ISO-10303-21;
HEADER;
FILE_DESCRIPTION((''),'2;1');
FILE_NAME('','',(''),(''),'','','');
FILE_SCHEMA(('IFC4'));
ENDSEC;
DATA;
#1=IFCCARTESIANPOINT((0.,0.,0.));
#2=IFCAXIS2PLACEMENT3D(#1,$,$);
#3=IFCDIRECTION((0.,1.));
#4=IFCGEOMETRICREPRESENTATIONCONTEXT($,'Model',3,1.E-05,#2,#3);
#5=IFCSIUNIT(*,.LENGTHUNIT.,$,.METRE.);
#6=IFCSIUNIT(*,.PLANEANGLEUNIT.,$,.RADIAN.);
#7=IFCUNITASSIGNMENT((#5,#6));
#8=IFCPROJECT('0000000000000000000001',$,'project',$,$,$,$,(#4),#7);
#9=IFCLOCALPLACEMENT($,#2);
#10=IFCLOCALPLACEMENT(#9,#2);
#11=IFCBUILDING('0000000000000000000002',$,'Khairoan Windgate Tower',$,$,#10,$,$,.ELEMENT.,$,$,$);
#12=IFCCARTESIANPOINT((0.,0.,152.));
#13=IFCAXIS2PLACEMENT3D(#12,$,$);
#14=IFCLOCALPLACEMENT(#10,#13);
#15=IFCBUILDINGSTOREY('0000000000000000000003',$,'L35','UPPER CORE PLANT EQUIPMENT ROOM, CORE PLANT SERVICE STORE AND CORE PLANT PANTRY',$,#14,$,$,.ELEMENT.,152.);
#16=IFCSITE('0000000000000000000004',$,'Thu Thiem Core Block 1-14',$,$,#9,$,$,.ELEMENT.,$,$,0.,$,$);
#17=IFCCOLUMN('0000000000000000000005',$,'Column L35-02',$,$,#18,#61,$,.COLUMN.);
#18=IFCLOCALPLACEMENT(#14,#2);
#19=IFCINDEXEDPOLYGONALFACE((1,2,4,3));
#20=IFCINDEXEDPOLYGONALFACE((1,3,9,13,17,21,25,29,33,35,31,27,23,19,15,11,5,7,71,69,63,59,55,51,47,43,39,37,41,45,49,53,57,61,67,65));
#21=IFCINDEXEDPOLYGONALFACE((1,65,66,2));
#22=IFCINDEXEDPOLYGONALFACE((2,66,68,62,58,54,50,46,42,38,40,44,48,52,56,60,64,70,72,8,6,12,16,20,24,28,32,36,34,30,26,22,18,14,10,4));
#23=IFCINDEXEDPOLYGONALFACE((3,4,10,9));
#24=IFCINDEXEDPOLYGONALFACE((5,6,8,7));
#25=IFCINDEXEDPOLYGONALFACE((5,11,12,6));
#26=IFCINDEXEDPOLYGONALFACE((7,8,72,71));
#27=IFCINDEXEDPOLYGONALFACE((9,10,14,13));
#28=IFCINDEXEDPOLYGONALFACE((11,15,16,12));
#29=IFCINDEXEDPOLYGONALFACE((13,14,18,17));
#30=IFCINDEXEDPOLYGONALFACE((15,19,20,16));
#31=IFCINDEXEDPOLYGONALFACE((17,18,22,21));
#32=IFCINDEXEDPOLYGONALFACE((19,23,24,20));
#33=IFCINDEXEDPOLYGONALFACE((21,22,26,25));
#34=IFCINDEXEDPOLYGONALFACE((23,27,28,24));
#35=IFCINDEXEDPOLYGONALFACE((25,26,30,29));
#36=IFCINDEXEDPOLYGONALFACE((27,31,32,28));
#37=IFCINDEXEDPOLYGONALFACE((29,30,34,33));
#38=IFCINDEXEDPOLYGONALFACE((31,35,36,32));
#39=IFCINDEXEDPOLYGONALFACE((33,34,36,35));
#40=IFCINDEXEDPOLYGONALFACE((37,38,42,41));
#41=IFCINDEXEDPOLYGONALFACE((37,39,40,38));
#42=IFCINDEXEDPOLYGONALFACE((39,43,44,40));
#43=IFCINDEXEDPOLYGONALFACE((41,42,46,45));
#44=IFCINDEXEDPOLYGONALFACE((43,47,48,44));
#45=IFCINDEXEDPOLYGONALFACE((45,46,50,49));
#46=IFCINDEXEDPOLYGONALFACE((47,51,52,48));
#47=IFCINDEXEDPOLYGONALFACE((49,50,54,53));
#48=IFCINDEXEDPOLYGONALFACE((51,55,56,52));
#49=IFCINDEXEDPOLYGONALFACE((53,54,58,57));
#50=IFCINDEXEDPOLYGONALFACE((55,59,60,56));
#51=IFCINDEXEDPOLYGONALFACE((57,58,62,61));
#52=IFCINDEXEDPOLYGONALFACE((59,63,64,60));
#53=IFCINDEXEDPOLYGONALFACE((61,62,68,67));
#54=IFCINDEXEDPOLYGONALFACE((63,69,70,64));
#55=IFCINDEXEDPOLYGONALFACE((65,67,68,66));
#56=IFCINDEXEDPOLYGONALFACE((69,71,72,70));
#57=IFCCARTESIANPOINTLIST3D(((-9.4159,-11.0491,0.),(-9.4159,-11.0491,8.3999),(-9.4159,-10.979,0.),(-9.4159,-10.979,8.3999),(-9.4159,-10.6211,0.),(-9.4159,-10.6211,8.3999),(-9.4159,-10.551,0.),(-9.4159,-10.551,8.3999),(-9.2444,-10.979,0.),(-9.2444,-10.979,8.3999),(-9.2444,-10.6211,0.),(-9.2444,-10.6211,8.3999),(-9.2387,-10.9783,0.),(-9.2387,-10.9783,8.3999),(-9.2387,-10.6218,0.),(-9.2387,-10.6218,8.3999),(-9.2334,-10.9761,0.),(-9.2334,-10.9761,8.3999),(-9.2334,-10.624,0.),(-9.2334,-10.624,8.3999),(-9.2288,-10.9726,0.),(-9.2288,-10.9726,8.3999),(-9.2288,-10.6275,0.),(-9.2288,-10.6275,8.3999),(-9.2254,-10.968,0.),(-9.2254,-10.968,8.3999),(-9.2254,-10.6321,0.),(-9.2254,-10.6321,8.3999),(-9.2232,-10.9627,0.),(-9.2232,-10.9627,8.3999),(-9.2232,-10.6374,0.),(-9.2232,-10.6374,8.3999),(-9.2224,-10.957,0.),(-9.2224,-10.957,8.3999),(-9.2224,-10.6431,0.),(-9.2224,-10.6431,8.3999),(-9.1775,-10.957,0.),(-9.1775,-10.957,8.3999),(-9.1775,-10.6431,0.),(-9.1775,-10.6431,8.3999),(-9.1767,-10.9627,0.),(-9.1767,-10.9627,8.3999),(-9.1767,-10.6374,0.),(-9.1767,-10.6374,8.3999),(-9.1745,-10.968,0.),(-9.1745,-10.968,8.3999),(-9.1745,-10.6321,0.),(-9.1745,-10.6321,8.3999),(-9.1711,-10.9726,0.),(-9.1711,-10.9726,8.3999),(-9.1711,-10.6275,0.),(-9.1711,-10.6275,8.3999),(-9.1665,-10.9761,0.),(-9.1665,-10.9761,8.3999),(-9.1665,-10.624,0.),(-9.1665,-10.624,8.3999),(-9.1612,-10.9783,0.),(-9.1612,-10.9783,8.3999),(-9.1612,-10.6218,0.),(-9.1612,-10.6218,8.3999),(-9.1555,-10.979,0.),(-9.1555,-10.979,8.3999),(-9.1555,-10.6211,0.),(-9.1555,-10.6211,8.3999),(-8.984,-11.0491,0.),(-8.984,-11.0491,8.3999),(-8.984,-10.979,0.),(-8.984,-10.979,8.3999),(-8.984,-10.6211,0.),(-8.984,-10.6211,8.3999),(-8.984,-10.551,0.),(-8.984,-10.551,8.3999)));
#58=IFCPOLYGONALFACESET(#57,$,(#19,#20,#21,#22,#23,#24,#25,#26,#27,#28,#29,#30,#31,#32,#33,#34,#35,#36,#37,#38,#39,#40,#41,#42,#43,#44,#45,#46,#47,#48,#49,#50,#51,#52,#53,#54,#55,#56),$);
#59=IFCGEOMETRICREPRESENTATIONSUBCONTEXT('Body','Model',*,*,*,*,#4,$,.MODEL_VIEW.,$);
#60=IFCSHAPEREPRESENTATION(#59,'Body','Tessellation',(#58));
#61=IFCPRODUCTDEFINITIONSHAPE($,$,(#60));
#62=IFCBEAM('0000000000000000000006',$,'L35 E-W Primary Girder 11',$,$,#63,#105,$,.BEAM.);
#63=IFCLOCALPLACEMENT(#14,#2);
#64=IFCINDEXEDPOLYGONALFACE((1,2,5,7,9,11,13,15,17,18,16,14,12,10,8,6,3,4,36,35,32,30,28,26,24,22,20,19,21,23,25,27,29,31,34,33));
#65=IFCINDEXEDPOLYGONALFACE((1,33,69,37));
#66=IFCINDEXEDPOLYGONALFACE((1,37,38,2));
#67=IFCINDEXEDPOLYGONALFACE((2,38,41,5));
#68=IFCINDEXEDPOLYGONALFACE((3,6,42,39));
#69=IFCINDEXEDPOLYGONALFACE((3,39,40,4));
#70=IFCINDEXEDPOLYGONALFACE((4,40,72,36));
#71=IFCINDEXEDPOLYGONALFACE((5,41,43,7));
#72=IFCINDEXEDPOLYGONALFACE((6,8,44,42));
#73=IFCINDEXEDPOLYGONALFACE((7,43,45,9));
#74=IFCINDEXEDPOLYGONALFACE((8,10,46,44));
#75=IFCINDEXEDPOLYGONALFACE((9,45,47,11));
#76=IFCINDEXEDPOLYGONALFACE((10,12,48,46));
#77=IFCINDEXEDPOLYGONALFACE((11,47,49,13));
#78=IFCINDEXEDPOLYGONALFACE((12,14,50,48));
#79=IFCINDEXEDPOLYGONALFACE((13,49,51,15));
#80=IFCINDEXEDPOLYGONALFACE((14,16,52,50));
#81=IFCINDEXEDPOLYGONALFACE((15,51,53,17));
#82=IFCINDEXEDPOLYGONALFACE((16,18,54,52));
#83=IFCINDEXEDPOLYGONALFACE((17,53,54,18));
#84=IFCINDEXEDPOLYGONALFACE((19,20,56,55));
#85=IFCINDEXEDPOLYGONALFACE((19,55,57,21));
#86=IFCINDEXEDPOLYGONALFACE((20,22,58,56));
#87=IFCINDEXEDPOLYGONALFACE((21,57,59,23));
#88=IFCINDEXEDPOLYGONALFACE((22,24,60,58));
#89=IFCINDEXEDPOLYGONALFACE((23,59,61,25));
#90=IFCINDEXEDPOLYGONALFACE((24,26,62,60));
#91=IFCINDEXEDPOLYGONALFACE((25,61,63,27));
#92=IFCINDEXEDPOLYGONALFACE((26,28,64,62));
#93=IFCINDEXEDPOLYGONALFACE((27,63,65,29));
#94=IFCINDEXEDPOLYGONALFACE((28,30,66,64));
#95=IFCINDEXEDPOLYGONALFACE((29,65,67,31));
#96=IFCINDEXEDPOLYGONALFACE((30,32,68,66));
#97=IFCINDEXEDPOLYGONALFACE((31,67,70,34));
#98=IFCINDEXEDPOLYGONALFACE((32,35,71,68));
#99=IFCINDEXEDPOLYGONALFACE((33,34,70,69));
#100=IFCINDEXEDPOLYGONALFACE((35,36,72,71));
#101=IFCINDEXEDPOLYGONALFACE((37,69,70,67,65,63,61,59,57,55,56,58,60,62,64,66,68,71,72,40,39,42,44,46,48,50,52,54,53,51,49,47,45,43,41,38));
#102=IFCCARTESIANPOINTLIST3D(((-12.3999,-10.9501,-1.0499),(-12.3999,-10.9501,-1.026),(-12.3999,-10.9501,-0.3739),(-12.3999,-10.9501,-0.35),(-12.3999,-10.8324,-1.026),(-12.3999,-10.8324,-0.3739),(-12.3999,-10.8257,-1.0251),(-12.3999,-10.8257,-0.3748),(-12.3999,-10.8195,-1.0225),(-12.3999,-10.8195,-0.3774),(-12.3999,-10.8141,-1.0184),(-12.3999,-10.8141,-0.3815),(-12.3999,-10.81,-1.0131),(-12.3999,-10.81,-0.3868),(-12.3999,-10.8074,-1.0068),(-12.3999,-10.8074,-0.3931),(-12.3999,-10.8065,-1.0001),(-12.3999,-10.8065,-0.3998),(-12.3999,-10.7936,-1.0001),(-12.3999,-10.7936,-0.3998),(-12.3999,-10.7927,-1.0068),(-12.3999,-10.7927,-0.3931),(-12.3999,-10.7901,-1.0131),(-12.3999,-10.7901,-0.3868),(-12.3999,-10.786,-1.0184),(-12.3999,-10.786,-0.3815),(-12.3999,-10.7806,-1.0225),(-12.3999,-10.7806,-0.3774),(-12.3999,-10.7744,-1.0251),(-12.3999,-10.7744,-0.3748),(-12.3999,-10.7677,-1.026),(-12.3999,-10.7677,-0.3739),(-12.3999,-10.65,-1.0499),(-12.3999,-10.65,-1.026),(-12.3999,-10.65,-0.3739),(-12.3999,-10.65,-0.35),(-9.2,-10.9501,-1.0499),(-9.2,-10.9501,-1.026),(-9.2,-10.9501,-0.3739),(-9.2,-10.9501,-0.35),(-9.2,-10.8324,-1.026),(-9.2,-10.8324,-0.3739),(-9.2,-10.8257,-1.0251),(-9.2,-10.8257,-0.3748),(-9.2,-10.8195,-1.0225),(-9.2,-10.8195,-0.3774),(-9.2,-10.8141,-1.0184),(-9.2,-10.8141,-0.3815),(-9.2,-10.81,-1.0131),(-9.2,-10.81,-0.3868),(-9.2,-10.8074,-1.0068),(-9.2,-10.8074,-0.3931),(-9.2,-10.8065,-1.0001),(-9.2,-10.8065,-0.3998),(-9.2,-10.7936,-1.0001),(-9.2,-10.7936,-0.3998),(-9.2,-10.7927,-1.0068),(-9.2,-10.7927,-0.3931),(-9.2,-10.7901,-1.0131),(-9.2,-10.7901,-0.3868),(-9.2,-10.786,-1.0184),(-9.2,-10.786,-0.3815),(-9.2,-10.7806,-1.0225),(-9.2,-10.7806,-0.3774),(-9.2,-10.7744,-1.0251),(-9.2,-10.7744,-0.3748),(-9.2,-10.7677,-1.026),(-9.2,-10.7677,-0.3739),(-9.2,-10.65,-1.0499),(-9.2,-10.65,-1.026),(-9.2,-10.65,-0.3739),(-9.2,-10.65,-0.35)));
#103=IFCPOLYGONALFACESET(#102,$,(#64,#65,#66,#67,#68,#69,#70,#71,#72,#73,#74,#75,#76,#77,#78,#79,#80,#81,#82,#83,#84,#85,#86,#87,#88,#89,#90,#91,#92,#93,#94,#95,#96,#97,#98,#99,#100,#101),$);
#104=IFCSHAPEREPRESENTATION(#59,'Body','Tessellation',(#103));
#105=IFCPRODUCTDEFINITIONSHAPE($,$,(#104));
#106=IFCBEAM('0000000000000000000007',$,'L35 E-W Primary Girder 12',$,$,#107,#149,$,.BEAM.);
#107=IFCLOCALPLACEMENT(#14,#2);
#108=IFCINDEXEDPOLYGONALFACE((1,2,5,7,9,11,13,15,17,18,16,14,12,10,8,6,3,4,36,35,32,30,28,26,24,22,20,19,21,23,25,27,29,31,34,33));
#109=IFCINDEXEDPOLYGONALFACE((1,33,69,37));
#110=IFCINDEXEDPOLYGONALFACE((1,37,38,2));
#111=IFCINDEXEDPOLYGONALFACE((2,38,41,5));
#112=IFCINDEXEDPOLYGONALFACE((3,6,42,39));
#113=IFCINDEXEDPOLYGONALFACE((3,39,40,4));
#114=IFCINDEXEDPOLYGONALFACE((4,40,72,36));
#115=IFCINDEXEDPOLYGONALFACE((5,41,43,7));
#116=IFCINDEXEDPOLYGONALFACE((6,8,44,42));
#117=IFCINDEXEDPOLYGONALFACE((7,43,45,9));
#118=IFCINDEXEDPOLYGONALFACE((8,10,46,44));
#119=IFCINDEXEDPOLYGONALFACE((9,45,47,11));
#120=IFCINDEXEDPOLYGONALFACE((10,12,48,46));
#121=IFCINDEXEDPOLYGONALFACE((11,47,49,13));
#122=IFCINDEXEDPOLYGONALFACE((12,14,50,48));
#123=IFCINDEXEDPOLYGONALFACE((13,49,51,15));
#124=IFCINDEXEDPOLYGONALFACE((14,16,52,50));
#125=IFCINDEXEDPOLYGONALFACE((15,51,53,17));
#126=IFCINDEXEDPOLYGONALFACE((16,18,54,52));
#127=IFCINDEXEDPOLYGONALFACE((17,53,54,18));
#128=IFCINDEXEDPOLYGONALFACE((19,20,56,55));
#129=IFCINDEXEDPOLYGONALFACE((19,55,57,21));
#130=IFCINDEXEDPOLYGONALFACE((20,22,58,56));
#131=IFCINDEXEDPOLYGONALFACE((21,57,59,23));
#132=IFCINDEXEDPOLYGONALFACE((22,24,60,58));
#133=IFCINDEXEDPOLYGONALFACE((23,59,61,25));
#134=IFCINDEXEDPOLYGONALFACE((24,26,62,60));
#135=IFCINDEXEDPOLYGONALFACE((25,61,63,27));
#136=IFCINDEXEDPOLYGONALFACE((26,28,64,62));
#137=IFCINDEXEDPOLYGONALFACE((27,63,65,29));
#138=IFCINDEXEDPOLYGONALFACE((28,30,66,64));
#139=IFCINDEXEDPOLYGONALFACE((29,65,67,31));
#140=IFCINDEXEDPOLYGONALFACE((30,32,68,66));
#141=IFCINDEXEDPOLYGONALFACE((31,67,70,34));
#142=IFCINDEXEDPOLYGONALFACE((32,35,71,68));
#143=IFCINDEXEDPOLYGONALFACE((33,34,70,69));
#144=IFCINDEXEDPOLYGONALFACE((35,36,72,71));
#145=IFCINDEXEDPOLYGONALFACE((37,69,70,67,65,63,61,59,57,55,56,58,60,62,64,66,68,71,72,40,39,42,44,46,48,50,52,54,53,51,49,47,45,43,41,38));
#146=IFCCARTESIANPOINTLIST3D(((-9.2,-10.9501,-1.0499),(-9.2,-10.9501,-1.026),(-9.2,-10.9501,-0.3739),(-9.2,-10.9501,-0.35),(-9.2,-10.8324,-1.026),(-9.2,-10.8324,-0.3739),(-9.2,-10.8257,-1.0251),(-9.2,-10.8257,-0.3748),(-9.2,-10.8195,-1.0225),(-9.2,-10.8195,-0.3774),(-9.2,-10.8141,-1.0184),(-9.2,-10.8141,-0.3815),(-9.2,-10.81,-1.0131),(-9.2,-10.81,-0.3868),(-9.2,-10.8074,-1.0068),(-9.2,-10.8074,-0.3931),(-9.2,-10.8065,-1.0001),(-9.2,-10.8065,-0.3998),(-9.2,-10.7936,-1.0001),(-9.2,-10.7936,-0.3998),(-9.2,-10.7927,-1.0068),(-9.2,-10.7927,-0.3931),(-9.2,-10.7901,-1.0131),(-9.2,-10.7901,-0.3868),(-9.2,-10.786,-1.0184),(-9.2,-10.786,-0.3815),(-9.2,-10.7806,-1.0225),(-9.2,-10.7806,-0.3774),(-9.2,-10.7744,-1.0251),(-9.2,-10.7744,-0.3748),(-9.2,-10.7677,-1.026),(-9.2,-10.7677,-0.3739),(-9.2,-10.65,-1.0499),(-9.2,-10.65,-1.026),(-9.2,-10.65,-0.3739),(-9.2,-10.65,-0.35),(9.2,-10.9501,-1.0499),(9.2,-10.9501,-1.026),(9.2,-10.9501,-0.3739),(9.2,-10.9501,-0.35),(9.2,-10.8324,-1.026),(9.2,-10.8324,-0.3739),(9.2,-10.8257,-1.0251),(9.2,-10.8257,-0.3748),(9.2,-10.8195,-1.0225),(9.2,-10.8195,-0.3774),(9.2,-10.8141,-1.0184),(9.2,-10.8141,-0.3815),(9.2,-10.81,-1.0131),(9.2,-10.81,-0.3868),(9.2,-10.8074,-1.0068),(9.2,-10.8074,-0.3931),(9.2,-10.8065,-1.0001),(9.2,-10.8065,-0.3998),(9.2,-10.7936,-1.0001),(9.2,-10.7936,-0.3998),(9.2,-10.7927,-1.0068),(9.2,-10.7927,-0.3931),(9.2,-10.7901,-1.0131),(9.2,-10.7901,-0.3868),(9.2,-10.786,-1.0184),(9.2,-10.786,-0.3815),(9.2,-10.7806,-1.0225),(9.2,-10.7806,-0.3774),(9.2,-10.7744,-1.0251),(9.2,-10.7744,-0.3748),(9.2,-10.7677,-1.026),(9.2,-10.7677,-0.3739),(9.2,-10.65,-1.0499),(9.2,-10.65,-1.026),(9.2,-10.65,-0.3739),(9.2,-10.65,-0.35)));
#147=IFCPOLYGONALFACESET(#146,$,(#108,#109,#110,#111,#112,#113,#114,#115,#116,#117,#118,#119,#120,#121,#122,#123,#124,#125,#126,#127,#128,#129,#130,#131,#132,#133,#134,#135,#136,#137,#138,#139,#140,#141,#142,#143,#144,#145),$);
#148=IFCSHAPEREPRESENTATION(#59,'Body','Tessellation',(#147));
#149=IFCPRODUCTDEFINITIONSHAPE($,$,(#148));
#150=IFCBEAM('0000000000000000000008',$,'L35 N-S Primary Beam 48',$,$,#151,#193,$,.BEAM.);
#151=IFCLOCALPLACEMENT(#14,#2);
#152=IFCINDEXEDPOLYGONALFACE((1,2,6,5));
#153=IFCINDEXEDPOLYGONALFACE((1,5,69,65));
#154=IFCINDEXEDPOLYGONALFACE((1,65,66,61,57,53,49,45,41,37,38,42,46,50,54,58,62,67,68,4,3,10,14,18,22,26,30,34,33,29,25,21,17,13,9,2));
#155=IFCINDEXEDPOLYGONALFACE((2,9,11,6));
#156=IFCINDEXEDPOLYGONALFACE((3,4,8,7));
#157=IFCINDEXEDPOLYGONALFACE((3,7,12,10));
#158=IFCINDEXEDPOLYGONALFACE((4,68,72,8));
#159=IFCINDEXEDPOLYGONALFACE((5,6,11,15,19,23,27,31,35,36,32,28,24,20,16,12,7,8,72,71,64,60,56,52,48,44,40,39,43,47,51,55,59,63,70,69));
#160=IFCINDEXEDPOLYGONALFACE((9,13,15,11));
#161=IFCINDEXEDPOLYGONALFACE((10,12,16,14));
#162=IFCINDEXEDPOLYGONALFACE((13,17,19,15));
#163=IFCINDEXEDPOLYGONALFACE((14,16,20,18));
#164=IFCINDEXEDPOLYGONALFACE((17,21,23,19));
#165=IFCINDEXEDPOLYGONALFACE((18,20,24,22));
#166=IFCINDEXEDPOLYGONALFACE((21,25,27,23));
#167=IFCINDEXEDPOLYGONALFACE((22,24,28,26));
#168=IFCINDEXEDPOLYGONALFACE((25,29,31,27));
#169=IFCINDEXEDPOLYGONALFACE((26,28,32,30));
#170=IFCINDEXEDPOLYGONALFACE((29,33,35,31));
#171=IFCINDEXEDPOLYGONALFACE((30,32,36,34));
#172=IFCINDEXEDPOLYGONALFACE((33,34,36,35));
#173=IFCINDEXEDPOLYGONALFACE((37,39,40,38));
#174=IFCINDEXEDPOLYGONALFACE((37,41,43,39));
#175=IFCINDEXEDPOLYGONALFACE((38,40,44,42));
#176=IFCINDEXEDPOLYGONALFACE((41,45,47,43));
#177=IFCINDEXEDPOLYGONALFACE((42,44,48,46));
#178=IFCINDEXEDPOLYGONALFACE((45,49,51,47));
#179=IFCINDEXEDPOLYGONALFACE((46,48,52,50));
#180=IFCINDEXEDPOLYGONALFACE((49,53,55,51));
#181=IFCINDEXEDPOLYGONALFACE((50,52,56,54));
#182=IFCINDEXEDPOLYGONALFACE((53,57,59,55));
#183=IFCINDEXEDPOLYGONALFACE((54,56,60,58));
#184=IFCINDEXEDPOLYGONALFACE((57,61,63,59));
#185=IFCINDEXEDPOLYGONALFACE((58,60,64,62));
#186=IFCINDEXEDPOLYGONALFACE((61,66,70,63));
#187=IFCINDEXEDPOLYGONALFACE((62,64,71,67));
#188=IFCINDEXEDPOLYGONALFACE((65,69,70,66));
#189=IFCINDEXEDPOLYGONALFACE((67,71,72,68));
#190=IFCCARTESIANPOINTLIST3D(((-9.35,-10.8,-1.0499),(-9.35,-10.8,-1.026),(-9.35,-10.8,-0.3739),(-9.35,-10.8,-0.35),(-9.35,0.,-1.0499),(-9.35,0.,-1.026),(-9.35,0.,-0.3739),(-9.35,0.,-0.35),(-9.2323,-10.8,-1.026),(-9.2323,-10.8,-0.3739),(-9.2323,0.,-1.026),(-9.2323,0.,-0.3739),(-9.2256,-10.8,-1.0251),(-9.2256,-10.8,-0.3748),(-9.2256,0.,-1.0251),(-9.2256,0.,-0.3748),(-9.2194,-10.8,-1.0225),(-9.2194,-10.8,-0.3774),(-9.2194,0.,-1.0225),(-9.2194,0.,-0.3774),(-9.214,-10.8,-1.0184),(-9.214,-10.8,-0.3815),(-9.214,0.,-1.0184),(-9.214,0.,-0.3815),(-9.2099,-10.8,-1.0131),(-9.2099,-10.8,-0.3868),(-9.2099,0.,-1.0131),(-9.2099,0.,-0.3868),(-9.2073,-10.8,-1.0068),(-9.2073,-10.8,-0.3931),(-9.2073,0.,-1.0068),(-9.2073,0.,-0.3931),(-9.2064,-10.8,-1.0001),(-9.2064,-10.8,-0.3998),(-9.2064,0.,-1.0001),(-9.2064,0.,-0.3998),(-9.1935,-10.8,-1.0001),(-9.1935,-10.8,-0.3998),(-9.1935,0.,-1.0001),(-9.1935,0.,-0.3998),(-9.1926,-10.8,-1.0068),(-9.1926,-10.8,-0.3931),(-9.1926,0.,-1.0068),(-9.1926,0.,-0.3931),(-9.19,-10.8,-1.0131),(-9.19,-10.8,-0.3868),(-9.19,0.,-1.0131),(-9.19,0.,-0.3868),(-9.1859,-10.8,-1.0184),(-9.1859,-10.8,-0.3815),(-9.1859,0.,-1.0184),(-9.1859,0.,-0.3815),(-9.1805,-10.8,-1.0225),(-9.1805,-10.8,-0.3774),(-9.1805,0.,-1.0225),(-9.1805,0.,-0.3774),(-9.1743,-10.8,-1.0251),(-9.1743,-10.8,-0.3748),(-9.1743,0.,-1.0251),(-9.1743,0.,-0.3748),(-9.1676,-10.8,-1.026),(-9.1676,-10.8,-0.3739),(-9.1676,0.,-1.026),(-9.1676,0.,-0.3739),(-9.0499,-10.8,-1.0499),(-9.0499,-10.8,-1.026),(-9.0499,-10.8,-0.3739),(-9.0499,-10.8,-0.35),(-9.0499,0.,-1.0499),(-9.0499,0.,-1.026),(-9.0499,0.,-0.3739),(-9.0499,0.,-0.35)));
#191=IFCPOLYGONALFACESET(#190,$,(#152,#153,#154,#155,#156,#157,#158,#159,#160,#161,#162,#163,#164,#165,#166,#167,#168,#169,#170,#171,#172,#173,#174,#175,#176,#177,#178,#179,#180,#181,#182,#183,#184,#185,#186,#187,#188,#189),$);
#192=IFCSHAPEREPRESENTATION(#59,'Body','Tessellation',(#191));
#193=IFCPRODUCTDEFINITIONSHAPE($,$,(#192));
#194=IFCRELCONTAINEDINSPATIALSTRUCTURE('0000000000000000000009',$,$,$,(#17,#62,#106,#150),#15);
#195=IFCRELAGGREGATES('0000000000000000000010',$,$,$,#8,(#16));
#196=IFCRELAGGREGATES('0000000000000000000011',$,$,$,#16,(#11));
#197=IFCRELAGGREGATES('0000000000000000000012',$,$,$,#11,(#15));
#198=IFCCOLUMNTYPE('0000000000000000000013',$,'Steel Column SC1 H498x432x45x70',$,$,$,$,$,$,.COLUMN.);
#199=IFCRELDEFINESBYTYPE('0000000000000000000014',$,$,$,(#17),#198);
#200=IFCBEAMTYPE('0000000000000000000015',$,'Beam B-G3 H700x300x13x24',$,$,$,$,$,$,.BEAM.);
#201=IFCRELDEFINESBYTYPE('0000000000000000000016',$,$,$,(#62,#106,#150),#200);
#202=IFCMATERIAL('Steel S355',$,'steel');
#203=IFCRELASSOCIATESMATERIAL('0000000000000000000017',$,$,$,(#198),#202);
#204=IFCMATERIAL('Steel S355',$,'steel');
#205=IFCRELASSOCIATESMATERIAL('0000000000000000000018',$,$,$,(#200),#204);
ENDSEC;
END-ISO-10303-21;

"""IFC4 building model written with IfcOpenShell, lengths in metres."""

from ifc_helpers import new_model, si_unit, direction, frame, origin, origin_2d, place, context, subcontext, project, spatial, i_section, extrude, material, material_profile, profile_set, type_object, element, save


model = new_model("IFC4")

# Units and contexts
model_context = context("Model", 3, precision=1e-05, world=origin(), true_north=direction((0.0, 1.0)))
body_context = subcontext(model_context, "Body", "Model", "MODEL_VIEW")
ifc_project = project(units=[si_unit("LENGTHUNIT", "METRE"), si_unit("PLANEANGLEUNIT", "RADIAN")], contexts=[model_context])

# Site, building, storey
site_placement = place(None, origin())
site = spatial("IfcSite", under=ifc_project, at=site_placement, Name="Thu Thiem Core Block 1-14", CompositionType="ELEMENT", RefElevation=0.0)
building_placement = place(site_placement, origin())
building = spatial("IfcBuilding", under=site, at=building_placement, Name="Khairoan Windgate Tower", CompositionType="ELEMENT")
storey_placement = place(building_placement, frame((0.0, 0.0, 152.0)))
storey = spatial("IfcBuildingStorey", under=building, at=storey_placement, Name="L35", Description="UPPER CORE PLANT EQUIPMENT ROOM, CORE PLANT SERVICE STORE AND CORE PLANT PANTRY", CompositionType="ELEMENT", Elevation=152.0)

# Column
ifc_material_1 = material(Name="Steel S355", Category="steel")
ifc_material_profile_1 = material_profile(ifc_material_1, i_section(OverallWidth=0.4319, OverallDepth=0.498, WebThickness=0.0449, FlangeThickness=0.0701, FilletRadius=0.022, at=origin_2d()))
ifc_profile_set_1 = profile_set([ifc_material_profile_1], Name="Steel S355")
column_type = type_object("IfcColumnType", Name="Steel Column SC1 H498x432x45x70", PredefinedType="COLUMN", material=ifc_profile_set_1)
column_placement = place(storey_placement, frame((-9.2, -10.8, 0.0), z_axis=(0.0, 0.0, 1.0), x_axis=(1.0, 0.0, 0.0)))
element("IfcColumn", 1, at=column_placement, inside=storey, type_object=column_type, Name="Column L35-02", PredefinedType="COLUMN", context=body_context, shape_type="SweptSolid", body=[
    extrude(i_section(OverallWidth=0.4319, OverallDepth=0.498, WebThickness=0.0449, FlangeThickness=0.0701, FilletRadius=0.022, at=origin_2d()), origin(), (0.0, 0.0, 1.0), 8.3999),
])

# Beams
ifc_material_2 = material(Name="Steel S355", Category="steel")
ifc_material_profile_2 = material_profile(ifc_material_2, i_section(OverallWidth=0.3, OverallDepth=0.7, WebThickness=0.0129, FlangeThickness=0.0239, FilletRadius=0.0259, at=origin_2d()))
ifc_profile_set_2 = profile_set([ifc_material_profile_2], Name="Steel S355")
beam_type_1 = type_object("IfcBeamType", Name="Beam B-G3 H700x300x13x24", PredefinedType="BEAM", material=ifc_profile_set_2)
beam_1_placement = place(storey_placement, frame((-12.3999, -10.8, -0.7), z_axis=(1.0, 0.0, 0.0), x_axis=(0.0, 1.0, 0.0)))
element("IfcBeam", 2, at=beam_1_placement, inside=storey, type_object=beam_type_1, Name="L35 E-W Primary Girder 11", PredefinedType="BEAM", context=body_context, shape_type="SweptSolid", body=[
    extrude(i_section(OverallWidth=0.3, OverallDepth=0.7, WebThickness=0.0129, FlangeThickness=0.0239, FilletRadius=0.0259, at=origin_2d()), origin(), (0.0, 0.0, 1.0), 3.2),
])
beam_2_placement = place(storey_placement, frame((-9.2, -10.8, -0.7), z_axis=(1.0, 0.0, 0.0), x_axis=(0.0, 1.0, 0.0)))
element("IfcBeam", 3, at=beam_2_placement, inside=storey, type_object=beam_type_1, Name="L35 E-W Primary Girder 12", PredefinedType="BEAM", context=body_context, shape_type="SweptSolid", body=[
    extrude(i_section(OverallWidth=0.3, OverallDepth=0.7, WebThickness=0.0129, FlangeThickness=0.0239, FilletRadius=0.0259, at=origin_2d()), origin(), (0.0, 0.0, 1.0), 18.3999),
])
beam_3_placement = place(storey_placement, frame((-9.2, -10.8, -0.7), z_axis=(0.0, 1.0, 0.0), x_axis=(-1.0, 0.0, 0.0)))
element("IfcBeam", 4, at=beam_3_placement, inside=storey, type_object=beam_type_1, Name="L35 N-S Primary Beam 48", PredefinedType="BEAM", context=body_context, shape_type="SweptSolid", body=[
    extrude(i_section(OverallWidth=0.3, OverallDepth=0.7, WebThickness=0.0129, FlangeThickness=0.0239, FilletRadius=0.0259, at=origin_2d()), origin(), (0.0, 0.0, 1.0), 10.8),
])

save(model, "model.ifc")
